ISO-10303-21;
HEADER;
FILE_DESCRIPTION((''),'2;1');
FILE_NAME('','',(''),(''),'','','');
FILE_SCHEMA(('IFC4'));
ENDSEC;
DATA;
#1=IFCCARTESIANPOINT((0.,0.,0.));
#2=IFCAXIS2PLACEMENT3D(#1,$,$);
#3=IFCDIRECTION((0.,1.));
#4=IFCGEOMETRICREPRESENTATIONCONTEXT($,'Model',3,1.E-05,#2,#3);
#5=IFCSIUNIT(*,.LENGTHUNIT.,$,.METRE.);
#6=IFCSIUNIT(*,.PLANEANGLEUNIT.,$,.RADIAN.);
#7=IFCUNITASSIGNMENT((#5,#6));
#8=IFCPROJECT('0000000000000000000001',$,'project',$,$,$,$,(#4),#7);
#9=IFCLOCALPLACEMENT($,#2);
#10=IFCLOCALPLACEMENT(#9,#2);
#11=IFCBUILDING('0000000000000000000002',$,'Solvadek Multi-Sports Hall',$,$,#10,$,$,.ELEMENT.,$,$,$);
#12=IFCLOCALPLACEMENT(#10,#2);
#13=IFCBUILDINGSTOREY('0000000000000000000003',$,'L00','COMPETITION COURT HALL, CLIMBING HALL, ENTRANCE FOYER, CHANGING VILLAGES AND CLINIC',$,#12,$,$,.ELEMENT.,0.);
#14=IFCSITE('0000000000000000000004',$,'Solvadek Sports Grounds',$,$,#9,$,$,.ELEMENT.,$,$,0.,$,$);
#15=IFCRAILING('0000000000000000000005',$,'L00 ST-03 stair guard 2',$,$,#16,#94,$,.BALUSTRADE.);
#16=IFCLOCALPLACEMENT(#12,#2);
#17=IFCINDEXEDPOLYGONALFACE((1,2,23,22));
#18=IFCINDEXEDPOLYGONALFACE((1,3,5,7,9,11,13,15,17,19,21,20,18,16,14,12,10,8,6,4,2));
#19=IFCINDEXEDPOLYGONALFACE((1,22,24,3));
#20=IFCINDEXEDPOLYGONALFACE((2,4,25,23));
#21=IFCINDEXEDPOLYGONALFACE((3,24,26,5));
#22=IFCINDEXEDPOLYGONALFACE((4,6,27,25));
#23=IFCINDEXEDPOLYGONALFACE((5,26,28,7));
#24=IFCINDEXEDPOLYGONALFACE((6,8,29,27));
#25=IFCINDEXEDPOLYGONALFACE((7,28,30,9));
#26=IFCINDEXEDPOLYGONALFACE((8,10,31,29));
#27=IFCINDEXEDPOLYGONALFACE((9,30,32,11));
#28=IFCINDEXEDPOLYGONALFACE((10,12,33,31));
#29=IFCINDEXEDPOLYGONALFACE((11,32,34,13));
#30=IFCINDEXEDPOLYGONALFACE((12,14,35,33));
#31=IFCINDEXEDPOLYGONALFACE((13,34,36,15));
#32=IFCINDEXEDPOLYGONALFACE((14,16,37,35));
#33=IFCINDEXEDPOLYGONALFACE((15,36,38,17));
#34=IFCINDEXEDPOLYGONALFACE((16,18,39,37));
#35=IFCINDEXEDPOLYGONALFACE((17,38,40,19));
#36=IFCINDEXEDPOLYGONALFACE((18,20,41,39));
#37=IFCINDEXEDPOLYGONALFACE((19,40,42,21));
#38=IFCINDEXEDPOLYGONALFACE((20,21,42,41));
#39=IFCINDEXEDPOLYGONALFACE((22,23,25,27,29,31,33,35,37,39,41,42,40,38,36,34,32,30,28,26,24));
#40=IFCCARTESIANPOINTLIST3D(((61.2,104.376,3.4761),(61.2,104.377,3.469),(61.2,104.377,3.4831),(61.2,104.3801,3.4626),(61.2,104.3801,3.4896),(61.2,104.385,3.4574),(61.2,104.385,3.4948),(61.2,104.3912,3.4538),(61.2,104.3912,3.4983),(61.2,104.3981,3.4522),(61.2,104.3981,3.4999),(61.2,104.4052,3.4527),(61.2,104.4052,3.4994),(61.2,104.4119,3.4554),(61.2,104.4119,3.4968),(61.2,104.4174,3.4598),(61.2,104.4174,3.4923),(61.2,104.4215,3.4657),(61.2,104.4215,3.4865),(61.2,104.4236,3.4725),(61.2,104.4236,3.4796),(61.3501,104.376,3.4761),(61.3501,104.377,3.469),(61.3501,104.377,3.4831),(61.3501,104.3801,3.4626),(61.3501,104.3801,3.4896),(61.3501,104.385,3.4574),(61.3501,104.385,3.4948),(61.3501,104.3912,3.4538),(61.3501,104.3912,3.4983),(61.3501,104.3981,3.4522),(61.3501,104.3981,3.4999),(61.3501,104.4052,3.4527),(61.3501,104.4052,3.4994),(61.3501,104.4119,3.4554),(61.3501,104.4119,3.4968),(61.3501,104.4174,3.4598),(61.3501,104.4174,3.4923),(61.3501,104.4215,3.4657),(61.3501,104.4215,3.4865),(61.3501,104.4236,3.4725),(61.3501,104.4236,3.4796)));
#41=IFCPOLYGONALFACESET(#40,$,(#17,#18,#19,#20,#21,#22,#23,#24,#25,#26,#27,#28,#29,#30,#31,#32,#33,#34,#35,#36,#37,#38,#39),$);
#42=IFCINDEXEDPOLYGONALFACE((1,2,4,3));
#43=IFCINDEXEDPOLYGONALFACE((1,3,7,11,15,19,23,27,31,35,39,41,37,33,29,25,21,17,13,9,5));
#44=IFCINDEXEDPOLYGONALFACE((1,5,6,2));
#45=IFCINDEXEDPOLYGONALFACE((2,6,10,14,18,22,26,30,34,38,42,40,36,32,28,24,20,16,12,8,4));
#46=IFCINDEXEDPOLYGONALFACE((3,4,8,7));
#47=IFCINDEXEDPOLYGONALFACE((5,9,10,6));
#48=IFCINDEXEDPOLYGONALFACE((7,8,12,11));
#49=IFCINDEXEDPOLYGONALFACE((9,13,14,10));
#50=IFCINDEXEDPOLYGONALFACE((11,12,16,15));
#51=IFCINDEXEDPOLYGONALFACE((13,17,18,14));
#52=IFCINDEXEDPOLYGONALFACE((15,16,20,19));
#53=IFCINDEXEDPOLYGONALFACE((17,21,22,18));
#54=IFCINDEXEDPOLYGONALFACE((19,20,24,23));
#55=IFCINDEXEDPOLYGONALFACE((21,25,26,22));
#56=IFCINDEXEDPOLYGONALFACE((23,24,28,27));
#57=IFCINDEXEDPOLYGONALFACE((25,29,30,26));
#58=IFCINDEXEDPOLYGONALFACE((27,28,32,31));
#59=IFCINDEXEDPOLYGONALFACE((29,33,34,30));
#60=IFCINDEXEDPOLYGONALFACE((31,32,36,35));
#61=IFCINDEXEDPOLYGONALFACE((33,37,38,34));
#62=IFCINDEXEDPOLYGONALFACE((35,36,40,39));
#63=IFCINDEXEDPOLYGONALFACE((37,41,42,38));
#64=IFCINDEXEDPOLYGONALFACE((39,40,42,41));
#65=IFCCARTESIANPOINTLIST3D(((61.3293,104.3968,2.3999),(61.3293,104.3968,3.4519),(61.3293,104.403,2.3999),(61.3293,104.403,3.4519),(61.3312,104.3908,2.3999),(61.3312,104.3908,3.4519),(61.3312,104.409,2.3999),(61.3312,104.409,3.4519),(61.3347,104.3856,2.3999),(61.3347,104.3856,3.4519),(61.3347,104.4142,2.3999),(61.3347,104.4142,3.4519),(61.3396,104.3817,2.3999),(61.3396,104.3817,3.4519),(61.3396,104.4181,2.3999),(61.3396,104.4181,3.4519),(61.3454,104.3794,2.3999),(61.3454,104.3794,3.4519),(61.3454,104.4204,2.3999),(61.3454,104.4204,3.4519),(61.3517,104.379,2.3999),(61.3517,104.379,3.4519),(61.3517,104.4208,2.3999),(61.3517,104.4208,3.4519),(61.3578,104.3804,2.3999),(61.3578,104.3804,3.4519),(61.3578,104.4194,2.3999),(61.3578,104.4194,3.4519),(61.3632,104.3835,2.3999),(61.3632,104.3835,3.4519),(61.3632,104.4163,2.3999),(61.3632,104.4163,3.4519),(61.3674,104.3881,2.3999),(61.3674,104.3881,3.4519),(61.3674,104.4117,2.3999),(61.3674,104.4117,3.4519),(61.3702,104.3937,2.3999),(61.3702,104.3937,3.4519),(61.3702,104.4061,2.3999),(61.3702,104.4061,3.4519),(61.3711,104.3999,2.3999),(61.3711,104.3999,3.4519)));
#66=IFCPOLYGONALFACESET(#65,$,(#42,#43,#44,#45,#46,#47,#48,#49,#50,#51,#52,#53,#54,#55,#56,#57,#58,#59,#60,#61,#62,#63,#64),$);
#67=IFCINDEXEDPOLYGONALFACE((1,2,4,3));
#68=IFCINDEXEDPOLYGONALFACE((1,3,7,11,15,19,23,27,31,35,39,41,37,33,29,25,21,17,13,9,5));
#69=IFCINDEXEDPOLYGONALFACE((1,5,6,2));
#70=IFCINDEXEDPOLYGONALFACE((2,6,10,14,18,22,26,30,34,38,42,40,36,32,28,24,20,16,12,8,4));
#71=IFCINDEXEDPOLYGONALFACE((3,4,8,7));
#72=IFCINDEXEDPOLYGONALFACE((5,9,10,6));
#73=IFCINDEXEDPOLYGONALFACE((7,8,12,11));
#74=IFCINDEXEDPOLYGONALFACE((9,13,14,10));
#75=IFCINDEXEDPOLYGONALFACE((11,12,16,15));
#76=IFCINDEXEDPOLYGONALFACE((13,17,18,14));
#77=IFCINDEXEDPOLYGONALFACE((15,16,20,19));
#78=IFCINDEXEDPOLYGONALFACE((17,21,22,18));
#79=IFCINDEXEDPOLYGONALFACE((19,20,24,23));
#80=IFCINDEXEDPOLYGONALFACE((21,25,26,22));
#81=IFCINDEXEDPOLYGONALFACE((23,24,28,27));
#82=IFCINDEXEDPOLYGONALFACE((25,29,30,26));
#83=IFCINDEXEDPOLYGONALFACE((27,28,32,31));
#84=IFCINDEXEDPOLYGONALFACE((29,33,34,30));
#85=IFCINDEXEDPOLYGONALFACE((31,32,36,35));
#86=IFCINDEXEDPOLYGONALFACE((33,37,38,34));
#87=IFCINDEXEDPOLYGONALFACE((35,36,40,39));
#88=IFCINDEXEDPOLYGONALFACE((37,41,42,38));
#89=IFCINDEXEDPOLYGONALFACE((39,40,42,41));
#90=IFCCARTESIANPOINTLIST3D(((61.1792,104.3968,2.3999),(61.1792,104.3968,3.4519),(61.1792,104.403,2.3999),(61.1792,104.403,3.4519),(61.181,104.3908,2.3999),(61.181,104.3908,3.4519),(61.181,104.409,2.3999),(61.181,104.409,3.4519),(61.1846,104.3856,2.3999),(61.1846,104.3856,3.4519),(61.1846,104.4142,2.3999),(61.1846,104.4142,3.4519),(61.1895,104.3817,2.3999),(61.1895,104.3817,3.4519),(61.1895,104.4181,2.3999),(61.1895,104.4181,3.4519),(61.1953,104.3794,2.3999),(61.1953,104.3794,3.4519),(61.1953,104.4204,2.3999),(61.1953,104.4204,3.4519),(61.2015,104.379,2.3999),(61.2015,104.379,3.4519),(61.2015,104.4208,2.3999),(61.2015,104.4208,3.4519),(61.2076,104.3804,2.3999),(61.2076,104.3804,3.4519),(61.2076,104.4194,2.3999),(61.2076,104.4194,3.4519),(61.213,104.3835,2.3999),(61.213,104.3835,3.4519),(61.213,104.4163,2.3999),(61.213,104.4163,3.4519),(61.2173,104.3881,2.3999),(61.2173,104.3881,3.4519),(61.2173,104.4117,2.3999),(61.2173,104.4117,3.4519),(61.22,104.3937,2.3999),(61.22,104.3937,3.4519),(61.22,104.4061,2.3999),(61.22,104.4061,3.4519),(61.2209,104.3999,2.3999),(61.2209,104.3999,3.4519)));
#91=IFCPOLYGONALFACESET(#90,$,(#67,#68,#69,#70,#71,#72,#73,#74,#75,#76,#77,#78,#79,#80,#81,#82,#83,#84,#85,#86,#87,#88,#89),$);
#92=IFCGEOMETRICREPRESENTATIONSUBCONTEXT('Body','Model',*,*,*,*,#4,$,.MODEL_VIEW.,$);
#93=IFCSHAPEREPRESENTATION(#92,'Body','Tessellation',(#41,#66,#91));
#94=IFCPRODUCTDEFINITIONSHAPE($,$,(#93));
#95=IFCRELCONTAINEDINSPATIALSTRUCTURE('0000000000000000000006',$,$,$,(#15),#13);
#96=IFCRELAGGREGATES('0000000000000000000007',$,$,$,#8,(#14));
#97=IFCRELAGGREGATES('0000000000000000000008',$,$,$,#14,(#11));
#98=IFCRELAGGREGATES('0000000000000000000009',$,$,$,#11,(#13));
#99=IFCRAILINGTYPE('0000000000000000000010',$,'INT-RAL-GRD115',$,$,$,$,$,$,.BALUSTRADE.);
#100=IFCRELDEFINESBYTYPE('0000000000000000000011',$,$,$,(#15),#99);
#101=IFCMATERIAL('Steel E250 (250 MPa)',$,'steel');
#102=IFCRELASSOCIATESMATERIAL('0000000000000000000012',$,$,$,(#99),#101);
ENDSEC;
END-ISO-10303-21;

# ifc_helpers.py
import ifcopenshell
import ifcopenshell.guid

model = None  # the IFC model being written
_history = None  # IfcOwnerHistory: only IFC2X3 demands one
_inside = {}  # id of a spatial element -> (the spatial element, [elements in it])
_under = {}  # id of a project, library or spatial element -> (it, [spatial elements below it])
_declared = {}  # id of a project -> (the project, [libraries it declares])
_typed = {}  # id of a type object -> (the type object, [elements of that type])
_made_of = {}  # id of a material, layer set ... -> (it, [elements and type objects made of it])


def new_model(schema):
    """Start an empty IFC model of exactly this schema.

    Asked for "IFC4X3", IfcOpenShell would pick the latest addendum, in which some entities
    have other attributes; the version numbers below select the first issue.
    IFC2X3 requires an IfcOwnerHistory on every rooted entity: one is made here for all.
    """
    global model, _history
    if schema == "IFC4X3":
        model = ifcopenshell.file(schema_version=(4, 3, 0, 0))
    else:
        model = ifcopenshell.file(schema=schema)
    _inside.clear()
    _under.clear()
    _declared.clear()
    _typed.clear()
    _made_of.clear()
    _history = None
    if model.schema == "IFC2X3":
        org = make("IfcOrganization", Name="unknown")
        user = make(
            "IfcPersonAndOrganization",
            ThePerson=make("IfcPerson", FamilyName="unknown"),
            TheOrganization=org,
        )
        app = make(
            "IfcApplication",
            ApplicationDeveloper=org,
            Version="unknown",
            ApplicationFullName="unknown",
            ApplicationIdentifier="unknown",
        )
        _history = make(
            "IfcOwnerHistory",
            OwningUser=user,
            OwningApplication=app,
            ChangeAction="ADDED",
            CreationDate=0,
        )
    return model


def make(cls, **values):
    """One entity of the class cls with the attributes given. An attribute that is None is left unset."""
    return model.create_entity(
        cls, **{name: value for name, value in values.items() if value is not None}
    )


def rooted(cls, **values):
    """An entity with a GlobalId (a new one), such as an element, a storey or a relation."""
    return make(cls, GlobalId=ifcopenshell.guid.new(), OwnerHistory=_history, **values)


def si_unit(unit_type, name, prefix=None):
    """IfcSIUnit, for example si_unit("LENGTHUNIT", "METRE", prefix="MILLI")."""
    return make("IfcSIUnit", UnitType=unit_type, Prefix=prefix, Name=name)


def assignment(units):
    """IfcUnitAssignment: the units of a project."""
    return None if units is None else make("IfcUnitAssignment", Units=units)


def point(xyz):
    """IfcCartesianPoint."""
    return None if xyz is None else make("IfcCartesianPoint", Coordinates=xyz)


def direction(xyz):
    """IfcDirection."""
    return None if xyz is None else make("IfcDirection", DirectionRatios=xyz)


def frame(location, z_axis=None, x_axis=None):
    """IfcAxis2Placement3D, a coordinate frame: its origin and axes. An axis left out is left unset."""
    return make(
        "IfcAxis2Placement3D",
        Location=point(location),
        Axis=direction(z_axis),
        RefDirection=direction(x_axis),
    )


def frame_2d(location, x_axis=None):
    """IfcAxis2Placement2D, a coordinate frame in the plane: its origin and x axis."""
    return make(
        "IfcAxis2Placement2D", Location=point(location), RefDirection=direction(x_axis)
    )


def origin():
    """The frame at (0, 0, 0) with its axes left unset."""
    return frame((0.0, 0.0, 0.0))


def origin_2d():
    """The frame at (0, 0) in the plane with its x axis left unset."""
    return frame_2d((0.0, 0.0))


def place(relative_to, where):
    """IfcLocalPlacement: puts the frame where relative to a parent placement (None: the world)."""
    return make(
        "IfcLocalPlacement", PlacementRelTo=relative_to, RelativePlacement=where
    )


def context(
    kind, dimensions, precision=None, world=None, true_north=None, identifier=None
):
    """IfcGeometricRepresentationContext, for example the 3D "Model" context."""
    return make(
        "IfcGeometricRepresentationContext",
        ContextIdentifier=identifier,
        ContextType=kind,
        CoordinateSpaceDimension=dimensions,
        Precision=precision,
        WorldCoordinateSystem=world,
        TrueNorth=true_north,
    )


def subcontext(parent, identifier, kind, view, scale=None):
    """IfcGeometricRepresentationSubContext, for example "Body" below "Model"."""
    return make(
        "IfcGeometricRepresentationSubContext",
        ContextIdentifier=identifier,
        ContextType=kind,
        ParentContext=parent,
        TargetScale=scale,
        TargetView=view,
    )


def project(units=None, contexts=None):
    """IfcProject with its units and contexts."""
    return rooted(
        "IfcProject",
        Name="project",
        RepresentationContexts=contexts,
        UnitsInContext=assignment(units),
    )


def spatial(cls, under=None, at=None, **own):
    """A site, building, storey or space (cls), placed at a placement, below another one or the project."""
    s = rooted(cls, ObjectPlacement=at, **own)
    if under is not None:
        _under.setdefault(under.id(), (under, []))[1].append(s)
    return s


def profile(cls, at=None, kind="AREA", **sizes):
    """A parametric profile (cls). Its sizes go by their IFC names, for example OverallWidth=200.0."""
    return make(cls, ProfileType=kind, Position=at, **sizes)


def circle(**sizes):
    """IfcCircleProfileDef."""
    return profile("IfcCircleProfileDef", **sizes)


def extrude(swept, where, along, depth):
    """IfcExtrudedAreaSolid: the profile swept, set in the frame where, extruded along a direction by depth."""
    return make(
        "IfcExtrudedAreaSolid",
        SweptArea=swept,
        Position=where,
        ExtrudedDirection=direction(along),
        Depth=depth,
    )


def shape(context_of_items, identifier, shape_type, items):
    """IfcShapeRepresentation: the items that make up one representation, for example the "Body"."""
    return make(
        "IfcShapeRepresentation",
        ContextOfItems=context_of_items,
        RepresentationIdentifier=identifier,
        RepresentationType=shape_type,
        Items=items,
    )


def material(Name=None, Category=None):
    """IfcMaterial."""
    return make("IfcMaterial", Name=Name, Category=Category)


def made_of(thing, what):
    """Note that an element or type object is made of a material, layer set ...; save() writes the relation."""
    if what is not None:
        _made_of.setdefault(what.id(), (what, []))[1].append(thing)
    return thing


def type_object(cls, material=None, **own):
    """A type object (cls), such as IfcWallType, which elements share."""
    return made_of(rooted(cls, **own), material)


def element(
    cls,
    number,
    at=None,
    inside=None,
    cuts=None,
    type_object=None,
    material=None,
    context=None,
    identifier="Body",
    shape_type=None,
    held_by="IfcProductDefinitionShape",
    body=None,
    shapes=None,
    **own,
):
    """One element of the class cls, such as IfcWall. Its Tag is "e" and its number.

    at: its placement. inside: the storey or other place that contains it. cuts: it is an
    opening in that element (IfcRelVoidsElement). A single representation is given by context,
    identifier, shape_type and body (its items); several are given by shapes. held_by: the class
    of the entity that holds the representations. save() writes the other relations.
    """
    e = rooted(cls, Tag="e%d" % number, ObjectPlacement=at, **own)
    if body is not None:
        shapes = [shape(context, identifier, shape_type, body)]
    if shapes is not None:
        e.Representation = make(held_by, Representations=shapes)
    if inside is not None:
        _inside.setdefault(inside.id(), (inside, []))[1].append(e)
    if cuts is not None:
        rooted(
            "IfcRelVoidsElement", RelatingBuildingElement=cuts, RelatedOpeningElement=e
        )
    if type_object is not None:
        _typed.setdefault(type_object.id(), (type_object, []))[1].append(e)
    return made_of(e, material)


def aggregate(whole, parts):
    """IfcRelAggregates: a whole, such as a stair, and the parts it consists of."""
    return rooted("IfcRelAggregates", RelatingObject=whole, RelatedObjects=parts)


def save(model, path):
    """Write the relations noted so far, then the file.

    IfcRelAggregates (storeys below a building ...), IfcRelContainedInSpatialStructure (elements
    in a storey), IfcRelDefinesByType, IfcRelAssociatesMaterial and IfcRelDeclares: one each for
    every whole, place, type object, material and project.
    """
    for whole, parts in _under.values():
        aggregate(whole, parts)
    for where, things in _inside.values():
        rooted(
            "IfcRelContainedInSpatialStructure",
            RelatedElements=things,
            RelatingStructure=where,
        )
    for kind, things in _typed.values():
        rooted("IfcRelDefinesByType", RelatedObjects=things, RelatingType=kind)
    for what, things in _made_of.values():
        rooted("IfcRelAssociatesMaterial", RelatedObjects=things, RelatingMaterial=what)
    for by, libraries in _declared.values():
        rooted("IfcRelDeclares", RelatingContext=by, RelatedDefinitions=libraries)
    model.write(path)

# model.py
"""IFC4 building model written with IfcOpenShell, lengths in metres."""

from ifc_helpers import new_model, si_unit, direction, frame, origin, origin_2d, place, context, subcontext, project, spatial, circle, extrude, material, type_object, element, save


model = new_model("IFC4")

# Units and contexts
model_context = context("Model", 3, precision=1e-05, world=origin(), true_north=direction((0.0, 1.0)))
body_context = subcontext(model_context, "Body", "Model", "MODEL_VIEW")
ifc_project = project(units=[si_unit("LENGTHUNIT", "METRE"), si_unit("PLANEANGLEUNIT", "RADIAN")], contexts=[model_context])

# Site, building, storey
site_placement = place(None, origin())
site = spatial("IfcSite", under=ifc_project, at=site_placement, Name="Solvadek Sports Grounds", CompositionType="ELEMENT", RefElevation=0.0)
building_placement = place(site_placement, origin())
building = spatial("IfcBuilding", under=site, at=building_placement, Name="Solvadek Multi-Sports Hall", CompositionType="ELEMENT")
storey_placement = place(building_placement, origin())
storey = spatial("IfcBuildingStorey", under=building, at=storey_placement, Name="L00", Description="COMPETITION COURT HALL, CLIMBING HALL, ENTRANCE FOYER, CHANGING VILLAGES AND CLINIC", CompositionType="ELEMENT", Elevation=0.0)

# Shared definitions
ifc_material_1 = material(Name="Steel E250 (250 MPa)", Category="steel")

# Railing
railing_type_1 = type_object("IfcRailingType", Name="INT-RAL-GRD115", PredefinedType="BALUSTRADE", material=ifc_material_1)
railing_1_placement = place(storey_placement, frame((61.3501, 104.3999, 2.3999)))
element("IfcRailing", 1, at=railing_1_placement, inside=storey, type_object=railing_type_1, Name="L00 ST-03 stair guard 2", PredefinedType="BALUSTRADE", context=body_context, shape_type="SweptSolid", body=[
    extrude(circle(Radius=0.0239, at=origin_2d()), frame((0.0, 0.0, 1.0762), z_axis=(-1.0, 0.0, 0.0), x_axis=(0.0, -1.0, 0.0)), (0.0, 0.0, 1.0), 0.1501),
    extrude(circle(Radius=0.021, at=origin_2d()), origin(), (0.0, 0.0, 1.0), 1.052),
    extrude(circle(Radius=0.021, at=origin_2d()), frame((-0.1501, 0.0, 0.0)), (0.0, 0.0, 1.0), 1.052),
])

save(model, "model.ifc")
